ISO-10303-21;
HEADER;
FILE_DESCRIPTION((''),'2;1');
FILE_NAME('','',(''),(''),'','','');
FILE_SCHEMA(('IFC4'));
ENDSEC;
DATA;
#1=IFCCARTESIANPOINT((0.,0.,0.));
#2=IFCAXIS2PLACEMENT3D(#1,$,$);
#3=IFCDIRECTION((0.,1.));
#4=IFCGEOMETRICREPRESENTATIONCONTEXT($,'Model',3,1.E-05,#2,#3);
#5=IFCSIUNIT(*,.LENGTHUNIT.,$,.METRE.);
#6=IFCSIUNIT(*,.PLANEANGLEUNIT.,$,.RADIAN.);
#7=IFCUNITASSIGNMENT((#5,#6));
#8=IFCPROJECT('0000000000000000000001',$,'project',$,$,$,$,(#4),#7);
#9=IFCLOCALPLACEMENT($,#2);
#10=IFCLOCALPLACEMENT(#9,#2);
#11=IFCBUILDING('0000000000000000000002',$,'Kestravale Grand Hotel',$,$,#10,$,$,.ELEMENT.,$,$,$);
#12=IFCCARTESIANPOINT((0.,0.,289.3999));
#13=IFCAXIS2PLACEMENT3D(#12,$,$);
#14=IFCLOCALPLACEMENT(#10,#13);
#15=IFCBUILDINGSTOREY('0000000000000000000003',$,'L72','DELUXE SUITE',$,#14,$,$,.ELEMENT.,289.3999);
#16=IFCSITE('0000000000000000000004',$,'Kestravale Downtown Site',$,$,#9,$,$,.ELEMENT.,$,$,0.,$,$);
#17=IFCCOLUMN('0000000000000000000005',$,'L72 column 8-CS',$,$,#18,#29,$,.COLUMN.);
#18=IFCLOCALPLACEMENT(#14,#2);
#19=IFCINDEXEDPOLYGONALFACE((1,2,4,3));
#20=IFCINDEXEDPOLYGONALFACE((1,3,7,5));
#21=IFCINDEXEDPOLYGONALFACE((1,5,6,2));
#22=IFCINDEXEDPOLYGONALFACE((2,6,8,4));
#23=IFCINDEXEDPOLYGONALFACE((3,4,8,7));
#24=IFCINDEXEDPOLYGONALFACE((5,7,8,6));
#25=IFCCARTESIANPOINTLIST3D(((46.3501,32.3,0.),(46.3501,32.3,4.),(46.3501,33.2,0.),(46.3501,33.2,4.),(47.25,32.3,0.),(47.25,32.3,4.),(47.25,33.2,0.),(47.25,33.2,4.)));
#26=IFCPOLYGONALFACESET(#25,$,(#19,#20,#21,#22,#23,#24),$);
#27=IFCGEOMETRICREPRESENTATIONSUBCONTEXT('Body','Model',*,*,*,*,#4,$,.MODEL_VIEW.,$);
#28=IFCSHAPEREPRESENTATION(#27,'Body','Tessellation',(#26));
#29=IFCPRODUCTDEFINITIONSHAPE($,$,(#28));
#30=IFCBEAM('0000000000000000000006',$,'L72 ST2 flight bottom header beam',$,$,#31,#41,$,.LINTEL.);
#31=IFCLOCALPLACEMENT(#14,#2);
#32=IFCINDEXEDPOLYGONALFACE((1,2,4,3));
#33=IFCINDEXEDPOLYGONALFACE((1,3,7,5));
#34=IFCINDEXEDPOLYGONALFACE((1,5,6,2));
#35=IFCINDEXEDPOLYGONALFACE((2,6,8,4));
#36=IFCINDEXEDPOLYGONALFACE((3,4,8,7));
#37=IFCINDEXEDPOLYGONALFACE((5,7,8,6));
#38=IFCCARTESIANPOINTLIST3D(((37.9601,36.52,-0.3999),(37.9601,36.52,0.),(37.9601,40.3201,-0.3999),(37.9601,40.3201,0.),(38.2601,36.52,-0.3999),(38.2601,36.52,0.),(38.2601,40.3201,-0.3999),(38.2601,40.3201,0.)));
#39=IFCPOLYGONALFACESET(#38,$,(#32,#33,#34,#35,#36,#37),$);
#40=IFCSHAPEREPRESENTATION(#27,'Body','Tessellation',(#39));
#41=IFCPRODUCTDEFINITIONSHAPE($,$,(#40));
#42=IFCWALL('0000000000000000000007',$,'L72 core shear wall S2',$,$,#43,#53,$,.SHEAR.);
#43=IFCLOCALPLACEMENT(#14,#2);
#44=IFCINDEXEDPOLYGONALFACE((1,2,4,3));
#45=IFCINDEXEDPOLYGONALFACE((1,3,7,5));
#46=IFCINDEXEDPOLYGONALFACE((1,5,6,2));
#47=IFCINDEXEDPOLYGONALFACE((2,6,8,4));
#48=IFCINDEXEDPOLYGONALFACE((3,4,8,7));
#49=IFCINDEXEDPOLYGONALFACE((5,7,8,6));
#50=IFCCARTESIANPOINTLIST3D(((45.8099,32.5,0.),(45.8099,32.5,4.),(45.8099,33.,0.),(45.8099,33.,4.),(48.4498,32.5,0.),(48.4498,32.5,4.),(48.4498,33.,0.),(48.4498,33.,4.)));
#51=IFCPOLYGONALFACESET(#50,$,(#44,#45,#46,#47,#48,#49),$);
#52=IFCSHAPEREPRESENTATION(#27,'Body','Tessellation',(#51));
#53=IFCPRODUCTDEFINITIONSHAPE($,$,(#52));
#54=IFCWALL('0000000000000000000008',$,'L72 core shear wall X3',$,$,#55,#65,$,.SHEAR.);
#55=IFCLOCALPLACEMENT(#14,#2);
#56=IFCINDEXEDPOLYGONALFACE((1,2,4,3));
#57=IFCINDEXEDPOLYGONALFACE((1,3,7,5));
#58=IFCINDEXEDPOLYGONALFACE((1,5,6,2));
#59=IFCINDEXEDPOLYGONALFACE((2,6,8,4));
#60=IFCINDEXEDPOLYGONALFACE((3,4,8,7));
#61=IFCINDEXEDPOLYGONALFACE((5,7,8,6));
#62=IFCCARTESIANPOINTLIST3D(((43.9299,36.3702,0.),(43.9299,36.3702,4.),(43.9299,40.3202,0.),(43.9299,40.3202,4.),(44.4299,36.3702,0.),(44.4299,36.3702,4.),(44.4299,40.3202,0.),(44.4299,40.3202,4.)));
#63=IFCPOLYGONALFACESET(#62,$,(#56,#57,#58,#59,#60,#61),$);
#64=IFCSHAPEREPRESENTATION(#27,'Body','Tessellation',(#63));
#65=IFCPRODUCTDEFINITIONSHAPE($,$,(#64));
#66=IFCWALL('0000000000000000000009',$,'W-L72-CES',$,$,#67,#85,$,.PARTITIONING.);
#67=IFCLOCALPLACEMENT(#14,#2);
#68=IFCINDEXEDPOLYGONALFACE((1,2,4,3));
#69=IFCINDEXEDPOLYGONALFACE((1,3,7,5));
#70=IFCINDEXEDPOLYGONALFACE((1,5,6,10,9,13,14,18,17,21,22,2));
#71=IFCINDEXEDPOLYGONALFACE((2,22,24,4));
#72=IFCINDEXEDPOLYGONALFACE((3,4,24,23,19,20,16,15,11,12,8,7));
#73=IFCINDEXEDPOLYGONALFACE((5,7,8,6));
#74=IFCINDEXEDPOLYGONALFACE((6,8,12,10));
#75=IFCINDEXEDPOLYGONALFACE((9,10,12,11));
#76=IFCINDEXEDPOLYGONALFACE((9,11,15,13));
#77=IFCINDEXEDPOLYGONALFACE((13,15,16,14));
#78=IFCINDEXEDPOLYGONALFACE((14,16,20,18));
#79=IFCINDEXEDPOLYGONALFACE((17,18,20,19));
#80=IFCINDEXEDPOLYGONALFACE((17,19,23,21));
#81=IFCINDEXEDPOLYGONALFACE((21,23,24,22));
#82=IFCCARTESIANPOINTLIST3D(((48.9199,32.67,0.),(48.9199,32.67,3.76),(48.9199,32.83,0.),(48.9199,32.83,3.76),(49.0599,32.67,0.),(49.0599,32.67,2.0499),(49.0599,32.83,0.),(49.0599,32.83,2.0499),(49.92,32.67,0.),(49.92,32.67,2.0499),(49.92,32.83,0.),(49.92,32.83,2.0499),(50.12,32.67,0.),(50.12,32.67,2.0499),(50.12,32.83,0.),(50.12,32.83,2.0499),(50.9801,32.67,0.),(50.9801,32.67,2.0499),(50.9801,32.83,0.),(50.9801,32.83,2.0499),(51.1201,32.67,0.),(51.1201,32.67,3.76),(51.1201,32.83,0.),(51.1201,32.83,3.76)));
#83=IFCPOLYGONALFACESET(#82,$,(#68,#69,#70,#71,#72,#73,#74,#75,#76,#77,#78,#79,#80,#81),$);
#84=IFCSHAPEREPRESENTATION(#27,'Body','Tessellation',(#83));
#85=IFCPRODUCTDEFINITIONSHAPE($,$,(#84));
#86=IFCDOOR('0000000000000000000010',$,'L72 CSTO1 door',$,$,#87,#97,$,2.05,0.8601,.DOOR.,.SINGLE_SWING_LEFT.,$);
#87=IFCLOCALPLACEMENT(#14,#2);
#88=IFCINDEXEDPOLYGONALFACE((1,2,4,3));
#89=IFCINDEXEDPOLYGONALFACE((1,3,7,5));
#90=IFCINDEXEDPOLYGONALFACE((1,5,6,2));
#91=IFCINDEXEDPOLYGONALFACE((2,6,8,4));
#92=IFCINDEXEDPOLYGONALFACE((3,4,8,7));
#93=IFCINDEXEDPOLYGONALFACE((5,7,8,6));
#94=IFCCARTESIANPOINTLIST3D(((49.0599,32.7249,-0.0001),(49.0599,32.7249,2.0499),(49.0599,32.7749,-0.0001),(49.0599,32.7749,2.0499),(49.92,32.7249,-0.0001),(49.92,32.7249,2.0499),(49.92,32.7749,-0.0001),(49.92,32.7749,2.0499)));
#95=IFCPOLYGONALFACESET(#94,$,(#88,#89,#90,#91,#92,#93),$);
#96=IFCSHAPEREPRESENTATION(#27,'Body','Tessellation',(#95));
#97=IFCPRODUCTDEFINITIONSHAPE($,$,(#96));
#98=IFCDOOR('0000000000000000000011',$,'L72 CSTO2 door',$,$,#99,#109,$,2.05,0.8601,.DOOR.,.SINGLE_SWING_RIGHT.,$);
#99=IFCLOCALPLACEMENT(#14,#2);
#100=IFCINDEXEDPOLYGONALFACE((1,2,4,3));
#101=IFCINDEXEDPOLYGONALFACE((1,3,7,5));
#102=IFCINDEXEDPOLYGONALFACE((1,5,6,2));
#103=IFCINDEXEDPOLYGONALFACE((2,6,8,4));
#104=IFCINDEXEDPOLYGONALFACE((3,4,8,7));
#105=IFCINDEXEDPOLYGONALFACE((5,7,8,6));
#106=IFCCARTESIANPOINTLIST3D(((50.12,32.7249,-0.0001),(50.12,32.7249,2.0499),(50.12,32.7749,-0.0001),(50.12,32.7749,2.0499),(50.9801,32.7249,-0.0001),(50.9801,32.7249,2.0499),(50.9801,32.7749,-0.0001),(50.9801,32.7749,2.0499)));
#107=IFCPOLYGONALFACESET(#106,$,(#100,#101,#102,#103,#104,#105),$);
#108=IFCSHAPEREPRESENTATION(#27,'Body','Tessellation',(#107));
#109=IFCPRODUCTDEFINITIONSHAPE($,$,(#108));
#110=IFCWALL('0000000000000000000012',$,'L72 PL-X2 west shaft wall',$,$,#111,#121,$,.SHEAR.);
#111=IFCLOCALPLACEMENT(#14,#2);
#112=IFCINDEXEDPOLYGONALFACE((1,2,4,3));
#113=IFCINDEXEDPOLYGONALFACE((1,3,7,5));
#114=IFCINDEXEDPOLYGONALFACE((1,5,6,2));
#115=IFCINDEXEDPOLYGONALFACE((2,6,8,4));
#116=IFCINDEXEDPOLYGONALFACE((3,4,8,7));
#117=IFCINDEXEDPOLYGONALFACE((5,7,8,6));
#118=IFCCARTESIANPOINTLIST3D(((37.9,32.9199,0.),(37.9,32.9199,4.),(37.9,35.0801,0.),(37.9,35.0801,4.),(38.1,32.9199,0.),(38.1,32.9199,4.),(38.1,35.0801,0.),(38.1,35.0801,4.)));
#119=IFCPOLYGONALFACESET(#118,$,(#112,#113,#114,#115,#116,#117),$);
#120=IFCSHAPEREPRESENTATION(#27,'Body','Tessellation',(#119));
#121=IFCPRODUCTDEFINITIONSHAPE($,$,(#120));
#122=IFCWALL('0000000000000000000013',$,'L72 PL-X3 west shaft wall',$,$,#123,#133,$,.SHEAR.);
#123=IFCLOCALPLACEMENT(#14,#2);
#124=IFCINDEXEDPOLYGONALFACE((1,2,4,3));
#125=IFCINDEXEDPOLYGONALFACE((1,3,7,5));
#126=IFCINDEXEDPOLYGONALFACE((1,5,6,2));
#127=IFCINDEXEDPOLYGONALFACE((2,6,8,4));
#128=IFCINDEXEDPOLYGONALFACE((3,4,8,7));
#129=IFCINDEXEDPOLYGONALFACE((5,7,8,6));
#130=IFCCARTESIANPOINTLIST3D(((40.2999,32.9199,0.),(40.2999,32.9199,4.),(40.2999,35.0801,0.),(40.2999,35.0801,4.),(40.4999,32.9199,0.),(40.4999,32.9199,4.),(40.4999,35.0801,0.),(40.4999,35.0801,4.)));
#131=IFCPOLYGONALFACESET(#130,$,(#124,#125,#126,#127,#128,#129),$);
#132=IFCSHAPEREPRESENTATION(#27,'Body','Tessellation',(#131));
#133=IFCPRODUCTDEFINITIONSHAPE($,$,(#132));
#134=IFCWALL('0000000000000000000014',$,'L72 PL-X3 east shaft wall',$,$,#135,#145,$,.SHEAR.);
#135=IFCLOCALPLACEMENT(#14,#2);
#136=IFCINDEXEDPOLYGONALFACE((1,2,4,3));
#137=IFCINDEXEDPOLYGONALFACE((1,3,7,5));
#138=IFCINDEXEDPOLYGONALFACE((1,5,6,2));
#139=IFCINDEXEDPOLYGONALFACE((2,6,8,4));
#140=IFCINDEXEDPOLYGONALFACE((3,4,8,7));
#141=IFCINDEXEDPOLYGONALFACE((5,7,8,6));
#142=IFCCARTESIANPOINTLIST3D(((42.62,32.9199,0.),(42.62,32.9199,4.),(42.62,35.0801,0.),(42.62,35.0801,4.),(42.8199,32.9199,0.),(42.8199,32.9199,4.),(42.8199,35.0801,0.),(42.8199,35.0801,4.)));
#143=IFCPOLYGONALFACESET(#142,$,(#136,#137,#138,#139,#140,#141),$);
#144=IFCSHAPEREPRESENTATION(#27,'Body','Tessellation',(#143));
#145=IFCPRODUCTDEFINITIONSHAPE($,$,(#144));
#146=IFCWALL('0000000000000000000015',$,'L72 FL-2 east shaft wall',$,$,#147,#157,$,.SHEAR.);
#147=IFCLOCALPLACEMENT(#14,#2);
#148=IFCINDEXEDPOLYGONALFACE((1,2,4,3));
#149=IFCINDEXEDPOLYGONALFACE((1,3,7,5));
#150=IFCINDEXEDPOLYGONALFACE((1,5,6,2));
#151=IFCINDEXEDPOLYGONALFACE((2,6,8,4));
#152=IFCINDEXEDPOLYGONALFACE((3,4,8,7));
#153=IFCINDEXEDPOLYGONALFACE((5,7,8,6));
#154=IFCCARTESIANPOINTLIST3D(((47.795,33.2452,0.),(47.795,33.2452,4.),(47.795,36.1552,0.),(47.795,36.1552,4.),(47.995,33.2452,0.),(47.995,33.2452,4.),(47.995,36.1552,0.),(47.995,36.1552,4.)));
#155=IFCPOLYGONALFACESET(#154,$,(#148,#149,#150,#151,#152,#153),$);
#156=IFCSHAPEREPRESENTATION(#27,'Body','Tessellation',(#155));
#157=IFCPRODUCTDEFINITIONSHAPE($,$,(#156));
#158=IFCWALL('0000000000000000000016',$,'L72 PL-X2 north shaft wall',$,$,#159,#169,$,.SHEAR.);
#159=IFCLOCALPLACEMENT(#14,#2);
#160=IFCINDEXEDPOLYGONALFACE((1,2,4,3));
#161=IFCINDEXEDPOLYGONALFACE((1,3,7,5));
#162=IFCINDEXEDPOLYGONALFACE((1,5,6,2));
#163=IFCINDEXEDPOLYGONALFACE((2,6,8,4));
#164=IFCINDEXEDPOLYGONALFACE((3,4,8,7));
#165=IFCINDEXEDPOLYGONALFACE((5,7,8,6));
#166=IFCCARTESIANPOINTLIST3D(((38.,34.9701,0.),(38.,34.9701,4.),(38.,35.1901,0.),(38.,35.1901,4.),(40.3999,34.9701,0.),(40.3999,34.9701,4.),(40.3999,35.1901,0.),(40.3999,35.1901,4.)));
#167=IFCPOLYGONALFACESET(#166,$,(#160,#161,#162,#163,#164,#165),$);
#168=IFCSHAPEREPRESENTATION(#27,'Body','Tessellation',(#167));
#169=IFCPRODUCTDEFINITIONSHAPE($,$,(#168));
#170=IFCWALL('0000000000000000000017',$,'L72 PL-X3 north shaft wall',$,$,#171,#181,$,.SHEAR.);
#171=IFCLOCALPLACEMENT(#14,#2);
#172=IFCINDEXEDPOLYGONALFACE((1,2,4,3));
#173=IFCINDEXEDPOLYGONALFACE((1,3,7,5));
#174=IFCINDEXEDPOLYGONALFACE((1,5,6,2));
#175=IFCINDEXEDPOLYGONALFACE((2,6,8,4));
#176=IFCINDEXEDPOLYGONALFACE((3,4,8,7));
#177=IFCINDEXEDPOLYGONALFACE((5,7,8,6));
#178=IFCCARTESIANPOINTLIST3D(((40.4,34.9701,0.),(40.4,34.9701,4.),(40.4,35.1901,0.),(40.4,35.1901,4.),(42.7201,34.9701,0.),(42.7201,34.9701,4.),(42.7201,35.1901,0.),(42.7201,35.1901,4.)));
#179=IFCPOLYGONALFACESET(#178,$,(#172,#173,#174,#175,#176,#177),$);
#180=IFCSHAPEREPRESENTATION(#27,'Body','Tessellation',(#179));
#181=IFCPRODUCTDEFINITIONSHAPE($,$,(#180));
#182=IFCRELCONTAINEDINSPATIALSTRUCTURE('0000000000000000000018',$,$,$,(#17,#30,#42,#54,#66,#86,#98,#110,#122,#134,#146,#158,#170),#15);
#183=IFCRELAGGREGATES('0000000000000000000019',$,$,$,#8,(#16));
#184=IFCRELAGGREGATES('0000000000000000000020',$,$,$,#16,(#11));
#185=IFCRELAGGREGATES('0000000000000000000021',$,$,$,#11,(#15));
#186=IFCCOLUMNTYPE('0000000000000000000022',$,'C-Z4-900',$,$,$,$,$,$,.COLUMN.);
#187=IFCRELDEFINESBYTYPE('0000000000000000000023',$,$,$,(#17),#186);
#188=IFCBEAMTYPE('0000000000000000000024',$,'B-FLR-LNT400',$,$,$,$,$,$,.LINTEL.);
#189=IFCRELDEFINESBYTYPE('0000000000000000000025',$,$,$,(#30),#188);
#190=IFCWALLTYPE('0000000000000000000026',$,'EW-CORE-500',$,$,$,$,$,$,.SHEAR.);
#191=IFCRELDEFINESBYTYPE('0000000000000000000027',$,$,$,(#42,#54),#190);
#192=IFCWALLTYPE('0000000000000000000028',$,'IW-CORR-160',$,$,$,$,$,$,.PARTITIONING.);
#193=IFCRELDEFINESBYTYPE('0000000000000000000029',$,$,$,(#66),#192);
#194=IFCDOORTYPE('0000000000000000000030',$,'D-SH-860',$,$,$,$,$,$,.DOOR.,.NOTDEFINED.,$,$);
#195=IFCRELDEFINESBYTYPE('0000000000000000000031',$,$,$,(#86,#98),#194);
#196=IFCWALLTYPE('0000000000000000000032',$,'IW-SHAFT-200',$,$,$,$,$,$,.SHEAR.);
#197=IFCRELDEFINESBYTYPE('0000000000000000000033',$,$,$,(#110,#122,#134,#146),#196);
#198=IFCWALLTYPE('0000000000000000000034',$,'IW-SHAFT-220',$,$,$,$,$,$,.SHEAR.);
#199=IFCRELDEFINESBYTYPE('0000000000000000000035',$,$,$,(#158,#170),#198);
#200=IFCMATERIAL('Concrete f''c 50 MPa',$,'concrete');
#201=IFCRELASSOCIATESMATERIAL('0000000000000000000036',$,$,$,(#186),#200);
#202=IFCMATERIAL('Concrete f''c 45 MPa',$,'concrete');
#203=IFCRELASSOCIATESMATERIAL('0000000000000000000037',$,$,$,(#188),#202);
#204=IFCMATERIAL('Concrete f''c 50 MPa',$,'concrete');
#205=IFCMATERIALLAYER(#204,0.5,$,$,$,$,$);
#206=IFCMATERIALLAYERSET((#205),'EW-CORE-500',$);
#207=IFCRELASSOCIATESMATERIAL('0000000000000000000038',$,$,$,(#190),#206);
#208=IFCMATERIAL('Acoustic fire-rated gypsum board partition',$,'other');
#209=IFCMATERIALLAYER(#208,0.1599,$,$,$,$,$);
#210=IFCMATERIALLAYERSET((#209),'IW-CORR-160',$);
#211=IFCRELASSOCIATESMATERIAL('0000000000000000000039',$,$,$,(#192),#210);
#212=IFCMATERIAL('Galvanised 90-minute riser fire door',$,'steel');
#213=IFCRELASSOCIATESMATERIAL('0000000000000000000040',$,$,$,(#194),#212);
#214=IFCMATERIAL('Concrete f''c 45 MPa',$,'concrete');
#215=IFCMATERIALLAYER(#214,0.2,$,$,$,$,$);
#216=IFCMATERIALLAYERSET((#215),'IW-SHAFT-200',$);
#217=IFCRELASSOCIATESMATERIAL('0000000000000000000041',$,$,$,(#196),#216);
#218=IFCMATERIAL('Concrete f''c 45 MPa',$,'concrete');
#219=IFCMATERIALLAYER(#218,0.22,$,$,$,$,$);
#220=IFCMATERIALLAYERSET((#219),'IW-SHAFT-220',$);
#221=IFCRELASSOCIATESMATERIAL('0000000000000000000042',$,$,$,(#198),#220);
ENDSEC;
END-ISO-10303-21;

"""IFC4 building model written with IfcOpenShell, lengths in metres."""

from ifc_helpers import new_model, si_unit, direction, frame, frame_2d, origin, origin_2d, place, context, subcontext, project, spatial, rectangle, extrude, material, layer, layer_set, material_profile, profile_set, type_object, element, fill, save


model = new_model("IFC4")

# Units and contexts
model_context = context("Model", 3, precision=1e-05, world=origin(), true_north=direction((0.0, 1.0)))
body_context = subcontext(model_context, "Body", "Model", "MODEL_VIEW")
ifc_project = project(units=[si_unit("LENGTHUNIT", "METRE"), si_unit("PLANEANGLEUNIT", "RADIAN")], contexts=[model_context])

# Site, building, storey
site_placement = place(None, origin())
site = spatial("IfcSite", under=ifc_project, at=site_placement, Name="Kestravale Downtown Site", CompositionType="ELEMENT", RefElevation=0.0)
building_placement = place(site_placement, origin())
building = spatial("IfcBuilding", under=site, at=building_placement, Name="Kestravale Grand Hotel", CompositionType="ELEMENT")
storey_placement = place(building_placement, frame((0.0, 0.0, 289.3999)))
storey = spatial("IfcBuildingStorey", under=building, at=storey_placement, Name="L72", Description="DELUXE SUITE", CompositionType="ELEMENT", Elevation=289.3999)

# Column
ifc_material_1 = material(Name="Concrete f'c 50 MPa", Category="concrete")
ifc_material_profile_1 = material_profile(ifc_material_1, rectangle(XDim=0.8999, YDim=0.8999, at=origin_2d()))
ifc_profile_set_1 = profile_set([ifc_material_profile_1], Name="Concrete f'c 50 MPa")
column_type = type_object("IfcColumnType", Name="C-Z4-900", PredefinedType="COLUMN", material=ifc_profile_set_1)
column_placement = place(storey_placement, frame((46.8, 32.75, 0.0), z_axis=(0.0, 0.0, 1.0), x_axis=(1.0, 0.0, 0.0)))
element("IfcColumn", 1, at=column_placement, inside=storey, type_object=column_type, Name="L72 column 8-CS", PredefinedType="COLUMN", context=body_context, shape_type="SweptSolid", body=[
    extrude(rectangle(XDim=0.8999, YDim=0.8999, at=origin_2d()), origin(), (0.0, 0.0, 1.0), 4.0),
])

# Beam
ifc_material_2 = material(Name="Concrete f'c 45 MPa", Category="concrete")
ifc_material_profile_2 = material_profile(ifc_material_2, rectangle(XDim=0.3, YDim=0.3999, at=origin_2d()))
ifc_profile_set_2 = profile_set([ifc_material_profile_2], Name="Concrete f'c 45 MPa")
beam_type = type_object("IfcBeamType", Name="B-FLR-LNT400", PredefinedType="LINTEL", material=ifc_profile_set_2)
beam_placement = place(storey_placement, frame((38.1101, 36.52, -0.2), z_axis=(0.0, 1.0, 0.0), x_axis=(-1.0, 0.0, 0.0)))
element("IfcBeam", 2, at=beam_placement, inside=storey, type_object=beam_type, Name="L72 ST2 flight bottom header beam", PredefinedType="LINTEL", context=body_context, shape_type="SweptSolid", body=[
    extrude(rectangle(XDim=0.3, YDim=0.3999, at=origin_2d()), origin(), (0.0, 0.0, 1.0), 3.8),
])

# Walls
ifc_material_3 = material(Name="Concrete f'c 50 MPa", Category="concrete")
ifc_layer_1 = layer(ifc_material_3, 0.5)
ifc_layer_set_1 = layer_set([ifc_layer_1], Name="EW-CORE-500")
wall_type_1 = type_object("IfcWallType", Name="EW-CORE-500", PredefinedType="SHEAR", material=ifc_layer_set_1)
wall_1_placement = place(storey_placement, frame((45.8101, 32.75, 0.0), z_axis=(0.0, 0.0, 1.0), x_axis=(1.0, 0.0, 0.0)))
element("IfcWall", 3, at=wall_1_placement, inside=storey, type_object=wall_type_1, Name="L72 core shear wall S2", PredefinedType="SHEAR", context=body_context, shape_type="SweptSolid", body=[
    extrude(rectangle(XDim=2.6399, YDim=0.5, at=frame_2d((1.3198, 0.0))), origin(), (0.0, 0.0, 1.0), 4.0),
])
wall_2_placement = place(storey_placement, frame((44.1799, 36.3701, 0.0), z_axis=(0.0, 0.0, 1.0), x_axis=(0.0, 1.0, 0.0)))
element("IfcWall", 4, at=wall_2_placement, inside=storey, type_object=wall_type_1, Name="L72 core shear wall X3", PredefinedType="SHEAR", context=body_context, shape_type="SweptSolid", body=[
    extrude(rectangle(XDim=3.95, YDim=0.5, at=frame_2d((1.9751, 0.0))), origin(), (0.0, 0.0, 1.0), 4.0),
])

# Wall, openings, doors
ifc_material_4 = material(Name="Acoustic fire-rated gypsum board partition", Category="other")
ifc_layer_2 = layer(ifc_material_4, 0.1599)
ifc_layer_set_2 = layer_set([ifc_layer_2], Name="IW-CORR-160")
wall_type_2 = type_object("IfcWallType", Name="IW-CORR-160", PredefinedType="PARTITIONING", material=ifc_layer_set_2)
wall_3_placement = place(storey_placement, frame((48.9199, 32.75, 0.0), z_axis=(0.0, 0.0, 1.0), x_axis=(1.0, 0.0, 0.0)))
wall_3 = element("IfcWall", 5, at=wall_3_placement, inside=storey, type_object=wall_type_2, Name="W-L72-CES", PredefinedType="PARTITIONING", context=body_context, shape_type="SweptSolid", body=[
    extrude(rectangle(XDim=2.2002, YDim=0.1599, at=frame_2d((1.1001, 0.0))), origin(), (0.0, 0.0, 1.0), 3.76),
])
opening_1_placement = place(wall_3_placement, frame((0.1399, 0.0, 0.0)))
opening_1 = element("IfcOpeningElement", 6, at=opening_1_placement, cuts=wall_3, PredefinedType="OPENING", context=body_context, shape_type="SweptSolid", body=[
    extrude(rectangle(XDim=0.8601, YDim=2.05, at=frame_2d((0.4302, 1.0249))), frame((0.0, 0.0898, 0.0), z_axis=(0.0, -1.0, 0.0), x_axis=(1.0, 0.0, 0.0)), (0.0, 0.0, 1.0), 0.1799),
])
opening_2_placement = place(wall_3_placement, frame((1.2, 0.0, 0.0)))
opening_2 = element("IfcOpeningElement", 7, at=opening_2_placement, cuts=wall_3, PredefinedType="OPENING", context=body_context, shape_type="SweptSolid", body=[
    extrude(rectangle(XDim=0.8601, YDim=2.05, at=frame_2d((0.4302, 1.0249))), frame((0.0, 0.0898, 0.0), z_axis=(0.0, -1.0, 0.0), x_axis=(1.0, 0.0, 0.0)), (0.0, 0.0, 1.0), 0.1799),
])
ifc_material_5 = material(Name="Galvanised 90-minute riser fire door", Category="steel")
door_type_1 = type_object("IfcDoorType", Name="D-SH-860", OperationType="NOTDEFINED", PredefinedType="DOOR", material=ifc_material_5)
door_1_placement = place(opening_1_placement, origin())
door_1 = element("IfcDoor", 8, at=door_1_placement, inside=storey, type_object=door_type_1, Name="L72 CSTO1 door", OperationType="SINGLE_SWING_LEFT", OverallHeight=2.05, OverallWidth=0.8601, PredefinedType="DOOR", context=body_context, shape_type="SweptSolid", body=[
    extrude(rectangle(XDim=0.8601, YDim=2.05, at=frame_2d((0.4302, 1.0249))), frame((0.0, 0.0249, 0.0), z_axis=(0.0, -1.0, 0.0), x_axis=(1.0, 0.0, 0.0)), (0.0, 0.0, 1.0), 0.05),
])
fill(opening_1, door_1)
door_2_placement = place(opening_2_placement, origin())
door_2 = element("IfcDoor", 9, at=door_2_placement, inside=storey, type_object=door_type_1, Name="L72 CSTO2 door", OperationType="SINGLE_SWING_RIGHT", OverallHeight=2.05, OverallWidth=0.8601, PredefinedType="DOOR", context=body_context, shape_type="SweptSolid", body=[
    extrude(rectangle(XDim=0.8601, YDim=2.05, at=frame_2d((0.4302, 1.0249))), frame((0.0, 0.0249, 0.0), z_axis=(0.0, -1.0, 0.0), x_axis=(1.0, 0.0, 0.0)), (0.0, 0.0, 1.0), 0.05),
])
fill(opening_2, door_2)

# Walls
ifc_material_6 = material(Name="Concrete f'c 45 MPa", Category="concrete")
ifc_layer_3 = layer(ifc_material_6, 0.2)
ifc_layer_set_3 = layer_set([ifc_layer_3], Name="IW-SHAFT-200")
wall_type_3 = type_object("IfcWallType", Name="IW-SHAFT-200", PredefinedType="SHEAR", material=ifc_layer_set_3)
for number, where, z_axis, x_axis, name in (
    (10, (38.0, 32.9199, 0.0), (0.0, 0.0, 1.0), (0.0, 1.0, 0.0), "L72 PL-X2 west shaft wall"),
    (11, (40.3999, 32.9199, 0.0), (0.0, 0.0, 1.0), (0.0, 1.0, 0.0), "L72 PL-X3 west shaft wall"),
    (12, (42.72, 32.9199, 0.0), (0.0, 0.0, 1.0), (0.0, 1.0, 0.0), "L72 PL-X3 east shaft wall"),
):
    element("IfcWall", number, at=place(storey_placement, frame(where, z_axis=z_axis, x_axis=x_axis)), inside=storey, type_object=wall_type_3, Name=name, PredefinedType="SHEAR", context=body_context, shape_type="SweptSolid", body=[
        extrude(rectangle(XDim=2.1602, YDim=0.2, at=frame_2d((1.0801, 0.0))), origin(), (0.0, 0.0, 1.0), 4.0),
    ])
wall_4_placement = place(storey_placement, frame((47.895, 33.2451, 0.0), z_axis=(0.0, 0.0, 1.0), x_axis=(0.0, 1.0, 0.0)))
element("IfcWall", 13, at=wall_4_placement, inside=storey, type_object=wall_type_3, Name="L72 FL-2 east shaft wall", PredefinedType="SHEAR", context=body_context, shape_type="SweptSolid", body=[
    extrude(rectangle(XDim=2.9099, YDim=0.2, at=frame_2d((1.4551, 0.0))), origin(), (0.0, 0.0, 1.0), 4.0),
])
ifc_material_7 = material(Name="Concrete f'c 45 MPa", Category="concrete")
ifc_layer_4 = layer(ifc_material_7, 0.22)
ifc_layer_set_4 = layer_set([ifc_layer_4], Name="IW-SHAFT-220")
wall_type_4 = type_object("IfcWallType", Name="IW-SHAFT-220", PredefinedType="SHEAR", material=ifc_layer_set_4)
wall_5_placement = place(storey_placement, frame((38.0, 35.0801, 0.0), z_axis=(0.0, 0.0, 1.0), x_axis=(1.0, 0.0, 0.0)))
element("IfcWall", 14, at=wall_5_placement, inside=storey, type_object=wall_type_4, Name="L72 PL-X2 north shaft wall", PredefinedType="SHEAR", context=body_context, shape_type="SweptSolid", body=[
    extrude(rectangle(XDim=2.3999, YDim=0.22, at=frame_2d((1.2, 0.0))), origin(), (0.0, 0.0, 1.0), 4.0),
])

# Wall
wall_6_placement = place(storey_placement, frame((40.3999, 35.0801, 0.0), z_axis=(0.0, 0.0, 1.0), x_axis=(1.0, 0.0, 0.0)))
element("IfcWall", 15, at=wall_6_placement, inside=storey, type_object=wall_type_4, Name="L72 PL-X3 north shaft wall", PredefinedType="SHEAR", context=body_context, shape_type="SweptSolid", body=[
    extrude(rectangle(XDim=2.3201, YDim=0.22, at=frame_2d((1.1602, 0.0))), origin(), (0.0, 0.0, 1.0), 4.0),
])

save(model, "model.ifc")
